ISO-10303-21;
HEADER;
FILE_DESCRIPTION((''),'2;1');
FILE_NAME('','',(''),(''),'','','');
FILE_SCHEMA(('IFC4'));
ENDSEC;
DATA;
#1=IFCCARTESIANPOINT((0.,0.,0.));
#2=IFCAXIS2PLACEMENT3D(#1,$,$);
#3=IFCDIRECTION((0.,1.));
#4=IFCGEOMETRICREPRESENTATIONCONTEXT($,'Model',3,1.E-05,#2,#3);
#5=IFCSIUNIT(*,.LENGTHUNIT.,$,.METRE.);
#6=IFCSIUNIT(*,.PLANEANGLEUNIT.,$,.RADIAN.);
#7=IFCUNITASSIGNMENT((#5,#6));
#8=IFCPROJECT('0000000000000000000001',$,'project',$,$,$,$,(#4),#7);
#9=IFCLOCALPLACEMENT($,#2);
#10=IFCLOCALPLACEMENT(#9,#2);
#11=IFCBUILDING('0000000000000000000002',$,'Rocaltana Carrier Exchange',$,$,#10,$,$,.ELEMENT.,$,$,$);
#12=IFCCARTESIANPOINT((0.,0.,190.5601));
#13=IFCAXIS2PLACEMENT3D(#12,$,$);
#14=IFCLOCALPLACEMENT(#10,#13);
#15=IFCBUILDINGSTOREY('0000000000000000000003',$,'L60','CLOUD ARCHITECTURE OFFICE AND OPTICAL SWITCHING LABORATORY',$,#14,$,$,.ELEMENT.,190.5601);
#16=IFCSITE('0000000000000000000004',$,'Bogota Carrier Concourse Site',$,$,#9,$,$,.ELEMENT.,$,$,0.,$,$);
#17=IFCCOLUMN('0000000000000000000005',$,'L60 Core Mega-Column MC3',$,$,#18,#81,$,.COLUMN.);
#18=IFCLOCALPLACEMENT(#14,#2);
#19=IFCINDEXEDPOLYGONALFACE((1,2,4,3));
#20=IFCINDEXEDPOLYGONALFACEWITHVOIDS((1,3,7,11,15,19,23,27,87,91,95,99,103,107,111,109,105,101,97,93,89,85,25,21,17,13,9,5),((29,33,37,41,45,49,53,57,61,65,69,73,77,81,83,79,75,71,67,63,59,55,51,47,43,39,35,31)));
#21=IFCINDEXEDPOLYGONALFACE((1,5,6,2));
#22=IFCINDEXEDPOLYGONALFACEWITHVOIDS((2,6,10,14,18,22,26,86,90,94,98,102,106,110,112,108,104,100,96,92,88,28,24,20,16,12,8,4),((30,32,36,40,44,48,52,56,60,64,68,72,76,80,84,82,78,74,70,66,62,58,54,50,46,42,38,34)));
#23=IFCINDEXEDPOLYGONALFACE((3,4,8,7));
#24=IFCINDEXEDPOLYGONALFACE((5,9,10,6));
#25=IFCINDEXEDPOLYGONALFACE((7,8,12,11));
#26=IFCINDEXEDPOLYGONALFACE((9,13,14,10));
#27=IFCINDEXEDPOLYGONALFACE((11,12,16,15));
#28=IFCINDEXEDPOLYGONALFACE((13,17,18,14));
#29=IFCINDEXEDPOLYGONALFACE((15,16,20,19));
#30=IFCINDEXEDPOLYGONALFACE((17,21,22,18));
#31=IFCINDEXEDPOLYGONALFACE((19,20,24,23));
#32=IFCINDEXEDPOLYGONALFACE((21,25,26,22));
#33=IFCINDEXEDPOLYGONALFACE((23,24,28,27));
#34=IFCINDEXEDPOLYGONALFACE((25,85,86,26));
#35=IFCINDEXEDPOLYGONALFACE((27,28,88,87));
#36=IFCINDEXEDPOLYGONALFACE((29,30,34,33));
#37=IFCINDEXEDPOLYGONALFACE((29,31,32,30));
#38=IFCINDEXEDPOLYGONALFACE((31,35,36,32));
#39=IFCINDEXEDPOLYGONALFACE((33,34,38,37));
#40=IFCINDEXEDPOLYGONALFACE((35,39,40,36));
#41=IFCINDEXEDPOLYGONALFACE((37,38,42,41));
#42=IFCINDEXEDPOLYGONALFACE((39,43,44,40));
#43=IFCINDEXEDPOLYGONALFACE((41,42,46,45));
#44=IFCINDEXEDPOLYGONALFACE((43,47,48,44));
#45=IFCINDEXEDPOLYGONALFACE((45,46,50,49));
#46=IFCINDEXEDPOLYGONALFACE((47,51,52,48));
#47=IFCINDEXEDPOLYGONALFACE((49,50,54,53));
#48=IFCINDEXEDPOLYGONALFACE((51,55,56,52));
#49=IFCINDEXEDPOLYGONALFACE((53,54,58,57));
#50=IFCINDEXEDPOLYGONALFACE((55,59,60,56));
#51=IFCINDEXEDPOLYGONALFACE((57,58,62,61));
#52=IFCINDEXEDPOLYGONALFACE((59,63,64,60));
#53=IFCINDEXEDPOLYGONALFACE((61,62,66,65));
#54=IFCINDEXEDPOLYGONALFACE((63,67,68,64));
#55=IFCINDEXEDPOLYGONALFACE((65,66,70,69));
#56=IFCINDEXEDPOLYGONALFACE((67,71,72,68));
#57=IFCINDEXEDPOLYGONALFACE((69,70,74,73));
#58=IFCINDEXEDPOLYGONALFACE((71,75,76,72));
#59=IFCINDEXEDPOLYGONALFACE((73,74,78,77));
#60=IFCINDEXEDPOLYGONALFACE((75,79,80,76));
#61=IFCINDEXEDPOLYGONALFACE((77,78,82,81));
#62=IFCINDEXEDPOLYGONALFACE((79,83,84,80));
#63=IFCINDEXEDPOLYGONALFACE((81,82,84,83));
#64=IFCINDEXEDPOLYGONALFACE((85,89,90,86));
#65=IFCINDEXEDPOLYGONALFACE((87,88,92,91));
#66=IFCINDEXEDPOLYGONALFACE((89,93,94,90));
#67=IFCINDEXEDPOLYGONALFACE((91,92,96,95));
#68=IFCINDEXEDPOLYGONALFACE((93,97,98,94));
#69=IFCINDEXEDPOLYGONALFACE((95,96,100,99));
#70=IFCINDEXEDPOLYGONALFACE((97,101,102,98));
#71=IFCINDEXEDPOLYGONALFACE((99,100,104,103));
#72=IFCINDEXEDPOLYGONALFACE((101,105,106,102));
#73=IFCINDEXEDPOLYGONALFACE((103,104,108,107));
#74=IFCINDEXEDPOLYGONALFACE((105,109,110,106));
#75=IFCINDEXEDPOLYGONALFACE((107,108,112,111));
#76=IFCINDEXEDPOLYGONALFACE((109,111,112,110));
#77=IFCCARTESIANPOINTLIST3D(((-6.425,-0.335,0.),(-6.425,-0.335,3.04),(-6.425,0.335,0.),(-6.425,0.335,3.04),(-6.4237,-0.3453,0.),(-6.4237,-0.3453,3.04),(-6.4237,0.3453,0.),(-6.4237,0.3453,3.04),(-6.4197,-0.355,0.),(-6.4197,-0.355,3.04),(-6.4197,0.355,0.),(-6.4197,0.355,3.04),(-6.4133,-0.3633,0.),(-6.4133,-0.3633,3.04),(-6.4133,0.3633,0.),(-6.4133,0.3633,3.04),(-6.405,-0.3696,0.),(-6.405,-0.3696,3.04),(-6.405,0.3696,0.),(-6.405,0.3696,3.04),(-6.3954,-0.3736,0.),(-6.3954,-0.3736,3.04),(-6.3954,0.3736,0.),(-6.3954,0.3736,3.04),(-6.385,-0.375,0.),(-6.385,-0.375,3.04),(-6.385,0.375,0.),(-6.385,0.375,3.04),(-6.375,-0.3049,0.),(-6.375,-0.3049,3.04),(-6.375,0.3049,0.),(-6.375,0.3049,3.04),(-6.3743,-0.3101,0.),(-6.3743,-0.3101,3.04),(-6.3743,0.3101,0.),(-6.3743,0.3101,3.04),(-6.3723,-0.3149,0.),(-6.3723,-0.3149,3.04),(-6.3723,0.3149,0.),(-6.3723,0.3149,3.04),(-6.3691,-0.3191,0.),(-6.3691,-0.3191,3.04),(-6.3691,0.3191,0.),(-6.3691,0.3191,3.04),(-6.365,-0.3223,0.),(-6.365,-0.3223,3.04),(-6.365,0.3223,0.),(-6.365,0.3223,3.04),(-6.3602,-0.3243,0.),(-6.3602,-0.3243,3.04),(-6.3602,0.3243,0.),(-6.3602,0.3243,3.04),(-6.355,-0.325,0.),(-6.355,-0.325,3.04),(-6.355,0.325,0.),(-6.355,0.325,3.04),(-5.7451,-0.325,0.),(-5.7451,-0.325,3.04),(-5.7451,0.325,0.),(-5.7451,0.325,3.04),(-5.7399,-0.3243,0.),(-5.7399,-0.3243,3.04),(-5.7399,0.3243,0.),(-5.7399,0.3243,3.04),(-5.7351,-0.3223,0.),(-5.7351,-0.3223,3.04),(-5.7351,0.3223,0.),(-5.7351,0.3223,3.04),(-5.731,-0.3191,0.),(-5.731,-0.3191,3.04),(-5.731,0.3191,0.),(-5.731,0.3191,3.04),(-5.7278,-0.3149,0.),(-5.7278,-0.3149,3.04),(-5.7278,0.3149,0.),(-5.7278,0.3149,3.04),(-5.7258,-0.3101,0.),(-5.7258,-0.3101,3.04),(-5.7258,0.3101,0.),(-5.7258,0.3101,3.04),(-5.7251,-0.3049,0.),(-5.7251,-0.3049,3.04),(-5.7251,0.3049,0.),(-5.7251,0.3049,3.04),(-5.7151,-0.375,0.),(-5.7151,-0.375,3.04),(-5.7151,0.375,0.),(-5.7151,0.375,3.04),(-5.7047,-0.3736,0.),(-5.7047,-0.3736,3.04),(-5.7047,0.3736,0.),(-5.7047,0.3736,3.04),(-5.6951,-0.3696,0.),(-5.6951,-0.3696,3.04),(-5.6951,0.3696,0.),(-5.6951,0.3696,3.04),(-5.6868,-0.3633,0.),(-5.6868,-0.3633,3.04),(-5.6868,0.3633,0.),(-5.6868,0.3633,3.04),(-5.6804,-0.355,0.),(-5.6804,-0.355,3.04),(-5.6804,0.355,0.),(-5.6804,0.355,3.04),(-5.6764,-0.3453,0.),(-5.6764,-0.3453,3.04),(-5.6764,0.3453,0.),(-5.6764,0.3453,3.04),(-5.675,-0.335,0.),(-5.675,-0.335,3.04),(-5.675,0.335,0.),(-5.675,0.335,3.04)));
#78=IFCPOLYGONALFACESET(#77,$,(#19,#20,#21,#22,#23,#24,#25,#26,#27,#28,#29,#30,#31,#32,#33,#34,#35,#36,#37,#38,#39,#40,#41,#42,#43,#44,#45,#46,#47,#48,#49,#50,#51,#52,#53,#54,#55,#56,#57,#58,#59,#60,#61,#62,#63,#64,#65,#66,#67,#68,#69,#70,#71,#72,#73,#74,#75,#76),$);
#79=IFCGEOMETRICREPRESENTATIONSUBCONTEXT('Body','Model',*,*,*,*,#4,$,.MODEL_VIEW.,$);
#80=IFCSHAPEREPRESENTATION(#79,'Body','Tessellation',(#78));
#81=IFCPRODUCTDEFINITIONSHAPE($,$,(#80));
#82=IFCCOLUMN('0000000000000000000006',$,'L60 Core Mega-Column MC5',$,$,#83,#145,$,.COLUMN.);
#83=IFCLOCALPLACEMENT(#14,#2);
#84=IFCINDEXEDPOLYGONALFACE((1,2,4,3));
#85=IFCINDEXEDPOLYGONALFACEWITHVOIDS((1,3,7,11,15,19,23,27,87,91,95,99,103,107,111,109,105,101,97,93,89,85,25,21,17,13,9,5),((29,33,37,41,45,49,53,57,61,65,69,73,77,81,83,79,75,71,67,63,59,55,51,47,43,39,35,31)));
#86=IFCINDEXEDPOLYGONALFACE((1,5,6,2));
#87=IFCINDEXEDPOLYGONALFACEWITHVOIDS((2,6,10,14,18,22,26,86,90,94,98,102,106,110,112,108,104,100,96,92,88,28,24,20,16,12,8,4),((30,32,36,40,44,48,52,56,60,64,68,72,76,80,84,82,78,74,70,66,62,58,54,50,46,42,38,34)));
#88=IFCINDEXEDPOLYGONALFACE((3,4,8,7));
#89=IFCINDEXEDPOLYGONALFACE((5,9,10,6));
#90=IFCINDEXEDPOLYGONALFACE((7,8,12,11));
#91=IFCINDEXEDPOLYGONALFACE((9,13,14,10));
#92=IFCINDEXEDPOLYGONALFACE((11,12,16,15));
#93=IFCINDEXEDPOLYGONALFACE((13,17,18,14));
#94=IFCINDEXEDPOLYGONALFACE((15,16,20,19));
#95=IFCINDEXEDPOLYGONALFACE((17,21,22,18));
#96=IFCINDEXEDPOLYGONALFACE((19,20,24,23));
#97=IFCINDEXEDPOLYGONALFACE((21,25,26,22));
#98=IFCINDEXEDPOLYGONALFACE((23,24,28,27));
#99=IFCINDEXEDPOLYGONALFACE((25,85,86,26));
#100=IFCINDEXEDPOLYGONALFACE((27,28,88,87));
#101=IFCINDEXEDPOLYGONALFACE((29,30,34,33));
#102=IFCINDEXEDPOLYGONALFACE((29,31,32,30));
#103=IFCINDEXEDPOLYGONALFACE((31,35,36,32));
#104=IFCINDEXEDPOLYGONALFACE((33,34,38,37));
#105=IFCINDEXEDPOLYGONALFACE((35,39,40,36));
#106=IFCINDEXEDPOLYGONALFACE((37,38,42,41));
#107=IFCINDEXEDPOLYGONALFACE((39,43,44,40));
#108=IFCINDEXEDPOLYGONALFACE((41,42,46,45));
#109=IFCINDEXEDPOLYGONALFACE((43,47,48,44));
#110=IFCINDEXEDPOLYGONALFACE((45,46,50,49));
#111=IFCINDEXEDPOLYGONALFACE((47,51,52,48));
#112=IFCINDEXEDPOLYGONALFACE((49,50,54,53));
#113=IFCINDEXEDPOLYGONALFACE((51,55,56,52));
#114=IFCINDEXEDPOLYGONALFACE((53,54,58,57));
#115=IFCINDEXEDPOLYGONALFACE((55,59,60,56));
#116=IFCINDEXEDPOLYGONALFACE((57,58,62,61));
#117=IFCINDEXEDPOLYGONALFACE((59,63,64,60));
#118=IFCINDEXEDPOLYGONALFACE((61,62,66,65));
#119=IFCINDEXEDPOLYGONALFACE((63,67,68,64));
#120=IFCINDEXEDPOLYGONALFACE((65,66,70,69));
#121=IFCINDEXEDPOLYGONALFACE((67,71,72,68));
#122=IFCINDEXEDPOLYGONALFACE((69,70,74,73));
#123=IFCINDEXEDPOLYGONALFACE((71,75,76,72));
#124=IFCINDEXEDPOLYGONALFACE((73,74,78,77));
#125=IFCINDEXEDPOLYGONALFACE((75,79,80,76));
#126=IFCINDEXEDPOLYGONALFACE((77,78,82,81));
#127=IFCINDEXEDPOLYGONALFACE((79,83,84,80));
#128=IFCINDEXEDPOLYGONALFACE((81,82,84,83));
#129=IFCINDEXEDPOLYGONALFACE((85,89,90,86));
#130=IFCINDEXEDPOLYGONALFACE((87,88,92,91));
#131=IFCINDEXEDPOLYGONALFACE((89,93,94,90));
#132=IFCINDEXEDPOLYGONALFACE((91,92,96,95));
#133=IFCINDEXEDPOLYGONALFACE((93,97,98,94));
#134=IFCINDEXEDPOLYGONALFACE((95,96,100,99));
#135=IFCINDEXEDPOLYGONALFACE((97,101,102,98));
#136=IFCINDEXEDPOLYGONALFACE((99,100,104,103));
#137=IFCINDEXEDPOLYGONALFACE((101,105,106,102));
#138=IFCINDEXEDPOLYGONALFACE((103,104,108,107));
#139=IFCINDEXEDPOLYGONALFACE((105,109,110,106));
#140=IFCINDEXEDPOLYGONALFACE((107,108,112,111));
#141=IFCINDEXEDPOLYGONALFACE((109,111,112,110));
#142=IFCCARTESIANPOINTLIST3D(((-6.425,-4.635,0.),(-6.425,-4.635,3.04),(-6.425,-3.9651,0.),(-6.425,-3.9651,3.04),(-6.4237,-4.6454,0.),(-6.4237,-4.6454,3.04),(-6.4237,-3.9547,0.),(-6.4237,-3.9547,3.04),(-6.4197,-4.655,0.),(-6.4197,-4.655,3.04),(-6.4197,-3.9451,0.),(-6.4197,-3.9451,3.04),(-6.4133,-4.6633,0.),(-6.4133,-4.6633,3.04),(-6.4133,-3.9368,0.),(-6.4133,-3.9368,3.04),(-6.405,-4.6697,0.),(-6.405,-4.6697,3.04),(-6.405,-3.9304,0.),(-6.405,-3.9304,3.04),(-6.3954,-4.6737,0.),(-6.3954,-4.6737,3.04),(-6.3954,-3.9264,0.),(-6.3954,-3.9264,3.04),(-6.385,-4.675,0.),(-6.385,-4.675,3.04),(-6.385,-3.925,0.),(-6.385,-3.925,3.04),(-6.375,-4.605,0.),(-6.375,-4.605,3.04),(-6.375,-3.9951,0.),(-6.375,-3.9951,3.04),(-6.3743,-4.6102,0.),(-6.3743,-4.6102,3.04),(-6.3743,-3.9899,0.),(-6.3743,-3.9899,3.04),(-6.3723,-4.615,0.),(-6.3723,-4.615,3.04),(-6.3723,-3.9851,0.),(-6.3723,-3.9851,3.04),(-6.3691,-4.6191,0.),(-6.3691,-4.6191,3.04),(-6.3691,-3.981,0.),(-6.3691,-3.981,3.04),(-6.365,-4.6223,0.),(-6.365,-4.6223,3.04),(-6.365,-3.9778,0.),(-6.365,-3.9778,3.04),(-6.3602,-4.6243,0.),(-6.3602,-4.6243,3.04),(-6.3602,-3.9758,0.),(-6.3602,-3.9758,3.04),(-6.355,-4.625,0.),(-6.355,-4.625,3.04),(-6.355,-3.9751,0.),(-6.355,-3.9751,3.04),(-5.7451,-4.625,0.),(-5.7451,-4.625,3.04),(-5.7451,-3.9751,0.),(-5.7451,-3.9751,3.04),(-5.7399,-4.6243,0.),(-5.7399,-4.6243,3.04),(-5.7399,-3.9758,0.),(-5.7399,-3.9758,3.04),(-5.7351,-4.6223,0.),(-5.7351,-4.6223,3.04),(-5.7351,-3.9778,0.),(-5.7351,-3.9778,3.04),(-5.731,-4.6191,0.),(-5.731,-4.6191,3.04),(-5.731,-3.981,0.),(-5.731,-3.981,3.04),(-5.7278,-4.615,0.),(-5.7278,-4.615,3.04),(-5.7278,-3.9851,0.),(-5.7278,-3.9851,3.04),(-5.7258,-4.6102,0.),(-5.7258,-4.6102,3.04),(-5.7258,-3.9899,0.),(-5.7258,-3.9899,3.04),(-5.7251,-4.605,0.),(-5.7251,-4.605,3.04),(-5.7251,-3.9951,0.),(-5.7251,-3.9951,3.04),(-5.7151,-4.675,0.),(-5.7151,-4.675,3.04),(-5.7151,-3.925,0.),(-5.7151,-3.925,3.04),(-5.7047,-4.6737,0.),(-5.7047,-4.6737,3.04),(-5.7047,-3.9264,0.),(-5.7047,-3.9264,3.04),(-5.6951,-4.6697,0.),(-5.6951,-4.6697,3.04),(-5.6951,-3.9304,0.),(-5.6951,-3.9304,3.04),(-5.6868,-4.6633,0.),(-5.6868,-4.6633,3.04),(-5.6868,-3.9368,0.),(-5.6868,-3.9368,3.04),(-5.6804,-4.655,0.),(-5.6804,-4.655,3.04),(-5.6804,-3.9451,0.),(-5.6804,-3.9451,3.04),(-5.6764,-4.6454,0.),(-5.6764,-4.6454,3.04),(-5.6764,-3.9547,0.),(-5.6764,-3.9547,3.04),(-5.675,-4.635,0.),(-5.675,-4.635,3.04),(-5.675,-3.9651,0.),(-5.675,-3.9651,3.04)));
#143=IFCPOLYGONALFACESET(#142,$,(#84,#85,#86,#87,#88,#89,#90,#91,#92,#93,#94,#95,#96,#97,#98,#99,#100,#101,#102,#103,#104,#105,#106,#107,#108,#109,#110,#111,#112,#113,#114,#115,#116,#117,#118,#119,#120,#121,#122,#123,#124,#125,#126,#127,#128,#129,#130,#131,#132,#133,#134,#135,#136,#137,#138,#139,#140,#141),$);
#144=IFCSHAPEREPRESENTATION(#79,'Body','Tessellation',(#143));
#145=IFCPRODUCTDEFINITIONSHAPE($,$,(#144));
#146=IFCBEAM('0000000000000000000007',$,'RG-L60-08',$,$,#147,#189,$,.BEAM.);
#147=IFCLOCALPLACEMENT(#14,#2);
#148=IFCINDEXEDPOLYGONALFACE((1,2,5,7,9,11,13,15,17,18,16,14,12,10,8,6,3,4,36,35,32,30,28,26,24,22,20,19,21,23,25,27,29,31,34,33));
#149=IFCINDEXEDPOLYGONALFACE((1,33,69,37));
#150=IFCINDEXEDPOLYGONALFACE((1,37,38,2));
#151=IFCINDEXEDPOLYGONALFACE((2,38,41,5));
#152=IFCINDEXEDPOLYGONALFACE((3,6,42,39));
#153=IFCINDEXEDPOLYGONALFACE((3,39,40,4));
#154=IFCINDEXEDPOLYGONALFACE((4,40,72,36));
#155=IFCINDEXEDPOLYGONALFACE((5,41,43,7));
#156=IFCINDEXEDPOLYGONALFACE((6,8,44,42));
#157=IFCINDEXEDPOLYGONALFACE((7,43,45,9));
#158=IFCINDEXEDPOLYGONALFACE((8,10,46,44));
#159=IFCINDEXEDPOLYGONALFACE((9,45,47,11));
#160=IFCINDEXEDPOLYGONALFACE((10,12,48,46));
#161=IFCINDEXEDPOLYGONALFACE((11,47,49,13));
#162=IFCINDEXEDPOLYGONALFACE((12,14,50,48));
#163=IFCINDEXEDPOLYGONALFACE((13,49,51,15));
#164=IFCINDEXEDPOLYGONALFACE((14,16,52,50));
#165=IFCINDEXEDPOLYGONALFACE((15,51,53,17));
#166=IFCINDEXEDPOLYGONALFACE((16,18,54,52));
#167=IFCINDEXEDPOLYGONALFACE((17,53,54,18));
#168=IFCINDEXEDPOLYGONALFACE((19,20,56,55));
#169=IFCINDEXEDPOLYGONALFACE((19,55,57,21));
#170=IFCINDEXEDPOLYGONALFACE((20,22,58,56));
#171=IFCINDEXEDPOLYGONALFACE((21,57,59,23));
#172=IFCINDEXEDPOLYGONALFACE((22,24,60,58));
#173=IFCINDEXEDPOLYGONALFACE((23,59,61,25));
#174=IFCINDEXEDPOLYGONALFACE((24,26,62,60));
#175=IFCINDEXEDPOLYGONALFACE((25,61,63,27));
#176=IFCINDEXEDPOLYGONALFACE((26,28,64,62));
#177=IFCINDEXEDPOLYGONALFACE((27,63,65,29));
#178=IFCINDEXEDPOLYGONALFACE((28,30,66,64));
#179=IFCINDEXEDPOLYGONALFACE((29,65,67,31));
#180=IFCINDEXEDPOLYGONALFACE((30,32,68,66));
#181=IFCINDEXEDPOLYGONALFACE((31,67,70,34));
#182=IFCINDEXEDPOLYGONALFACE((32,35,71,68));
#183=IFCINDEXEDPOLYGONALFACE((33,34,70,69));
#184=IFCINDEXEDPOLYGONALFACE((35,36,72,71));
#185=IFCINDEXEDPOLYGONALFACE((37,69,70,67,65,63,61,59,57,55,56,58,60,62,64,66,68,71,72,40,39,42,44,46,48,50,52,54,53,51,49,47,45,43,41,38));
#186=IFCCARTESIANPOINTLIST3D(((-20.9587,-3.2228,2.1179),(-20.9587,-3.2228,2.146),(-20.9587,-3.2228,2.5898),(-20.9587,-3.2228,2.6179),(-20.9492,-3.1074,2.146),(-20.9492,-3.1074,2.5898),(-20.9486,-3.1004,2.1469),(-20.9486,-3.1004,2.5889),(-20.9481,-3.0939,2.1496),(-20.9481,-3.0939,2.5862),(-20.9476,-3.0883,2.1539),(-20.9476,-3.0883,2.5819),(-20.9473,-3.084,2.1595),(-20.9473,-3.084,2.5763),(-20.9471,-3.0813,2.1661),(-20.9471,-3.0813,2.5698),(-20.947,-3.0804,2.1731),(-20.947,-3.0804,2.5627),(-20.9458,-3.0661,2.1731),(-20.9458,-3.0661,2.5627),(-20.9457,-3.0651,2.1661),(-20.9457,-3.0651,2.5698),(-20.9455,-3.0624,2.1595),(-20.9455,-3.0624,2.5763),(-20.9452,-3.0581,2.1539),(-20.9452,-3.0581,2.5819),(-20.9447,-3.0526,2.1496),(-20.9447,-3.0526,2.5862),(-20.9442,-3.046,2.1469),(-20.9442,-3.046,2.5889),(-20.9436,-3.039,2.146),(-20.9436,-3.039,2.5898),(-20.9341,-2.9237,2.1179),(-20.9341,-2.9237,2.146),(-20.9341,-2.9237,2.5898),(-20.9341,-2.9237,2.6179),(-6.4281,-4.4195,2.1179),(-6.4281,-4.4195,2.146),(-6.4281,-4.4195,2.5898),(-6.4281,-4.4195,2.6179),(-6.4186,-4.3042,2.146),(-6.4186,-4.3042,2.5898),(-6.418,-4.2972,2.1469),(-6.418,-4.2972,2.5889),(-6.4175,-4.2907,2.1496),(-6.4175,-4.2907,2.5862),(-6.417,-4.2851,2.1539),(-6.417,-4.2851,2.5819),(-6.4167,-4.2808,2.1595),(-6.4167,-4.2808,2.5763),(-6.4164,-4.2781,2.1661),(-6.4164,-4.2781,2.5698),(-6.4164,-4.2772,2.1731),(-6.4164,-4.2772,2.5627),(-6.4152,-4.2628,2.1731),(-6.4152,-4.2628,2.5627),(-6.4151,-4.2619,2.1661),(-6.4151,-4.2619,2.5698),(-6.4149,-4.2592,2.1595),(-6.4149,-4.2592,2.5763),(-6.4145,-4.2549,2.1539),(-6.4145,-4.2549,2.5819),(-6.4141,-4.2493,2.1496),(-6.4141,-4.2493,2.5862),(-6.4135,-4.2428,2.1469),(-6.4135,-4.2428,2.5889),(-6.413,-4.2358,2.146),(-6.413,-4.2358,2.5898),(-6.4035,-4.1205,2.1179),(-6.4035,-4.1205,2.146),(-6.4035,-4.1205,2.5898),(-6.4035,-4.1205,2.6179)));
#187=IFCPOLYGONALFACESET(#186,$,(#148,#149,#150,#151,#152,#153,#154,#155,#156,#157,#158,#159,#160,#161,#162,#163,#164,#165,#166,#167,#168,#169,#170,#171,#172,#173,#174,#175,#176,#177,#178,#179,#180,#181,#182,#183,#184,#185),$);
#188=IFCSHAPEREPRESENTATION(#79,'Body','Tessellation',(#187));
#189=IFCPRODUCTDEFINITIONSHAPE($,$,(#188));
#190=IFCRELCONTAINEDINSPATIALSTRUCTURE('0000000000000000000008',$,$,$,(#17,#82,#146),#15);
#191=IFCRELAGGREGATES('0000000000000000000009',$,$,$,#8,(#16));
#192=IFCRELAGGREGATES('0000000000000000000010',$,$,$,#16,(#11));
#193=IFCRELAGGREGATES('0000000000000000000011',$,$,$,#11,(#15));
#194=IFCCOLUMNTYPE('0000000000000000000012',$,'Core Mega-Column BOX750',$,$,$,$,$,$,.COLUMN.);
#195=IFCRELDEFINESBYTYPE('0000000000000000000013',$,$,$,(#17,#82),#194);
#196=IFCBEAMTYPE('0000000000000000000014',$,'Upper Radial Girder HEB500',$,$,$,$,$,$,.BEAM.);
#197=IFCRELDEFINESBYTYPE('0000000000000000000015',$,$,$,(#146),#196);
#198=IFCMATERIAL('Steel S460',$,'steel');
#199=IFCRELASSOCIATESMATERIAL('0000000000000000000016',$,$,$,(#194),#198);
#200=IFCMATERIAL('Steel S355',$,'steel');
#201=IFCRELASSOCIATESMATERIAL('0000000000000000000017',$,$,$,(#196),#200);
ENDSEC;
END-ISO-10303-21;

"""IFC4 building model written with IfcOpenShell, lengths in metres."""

from ifc_helpers import new_model, si_unit, direction, frame, origin, origin_2d, place, context, subcontext, project, spatial, hollow_rectangle, i_section, extrude, material, material_profile, profile_set, type_object, element, save


model = new_model("IFC4")

# Units and contexts
model_context = context("Model", 3, precision=1e-05, world=origin(), true_north=direction((0.0, 1.0)))
body_context = subcontext(model_context, "Body", "Model", "MODEL_VIEW")
ifc_project = project(units=[si_unit("LENGTHUNIT", "METRE"), si_unit("PLANEANGLEUNIT", "RADIAN")], contexts=[model_context])

# Site, building, storey
site_placement = place(None, origin())
site = spatial("IfcSite", under=ifc_project, at=site_placement, Name="Bogota Carrier Concourse Site", CompositionType="ELEMENT", RefElevation=0.0)
building_placement = place(site_placement, origin())
building = spatial("IfcBuilding", under=site, at=building_placement, Name="Rocaltana Carrier Exchange", CompositionType="ELEMENT")
storey_placement = place(building_placement, frame((0.0, 0.0, 190.5601)))
storey = spatial("IfcBuildingStorey", under=building, at=storey_placement, Name="L60", Description="CLOUD ARCHITECTURE OFFICE AND OPTICAL SWITCHING LABORATORY", CompositionType="ELEMENT", Elevation=190.5601)

# Columns
ifc_material_1 = material(Name="Steel S460", Category="steel")
ifc_material_profile_1 = material_profile(ifc_material_1, hollow_rectangle(XDim=0.75, YDim=0.75, WallThickness=0.05, InnerFilletRadius=0.02, OuterFilletRadius=0.04, at=origin_2d()), Name="BOX750X750X50")
ifc_profile_set_1 = profile_set([ifc_material_profile_1], Name="Steel S460")
column_type = type_object("IfcColumnType", Name="Core Mega-Column BOX750", PredefinedType="COLUMN", material=ifc_profile_set_1)
for number, where, z_axis, x_axis, name in (
    (1, (-6.05, 0.0, 0.0), (0.0, 0.0, 1.0), (1.0, 0.0, 0.0), "L60 Core Mega-Column MC3"),
    (2, (-6.05, -4.3, 0.0), (0.0, 0.0, 1.0), (1.0, 0.0, 0.0), "L60 Core Mega-Column MC5"),
):
    element("IfcColumn", number, at=place(storey_placement, frame(where, z_axis=z_axis, x_axis=x_axis)), inside=storey, type_object=column_type, Name=name, PredefinedType="COLUMN", context=body_context, shape_type="SweptSolid", body=[
        extrude(hollow_rectangle(XDim=0.75, YDim=0.75, WallThickness=0.05, InnerFilletRadius=0.02, OuterFilletRadius=0.04, at=origin_2d()), origin(), (0.0, 0.0, 1.0), 3.04),
    ])

# Beam
ifc_material_2 = material(Name="Steel S355", Category="steel")
ifc_material_profile_2 = material_profile(ifc_material_2, i_section(OverallWidth=0.3, OverallDepth=0.5, WebThickness=0.0144, FlangeThickness=0.0281, FilletRadius=0.0271, at=origin_2d()), Name="HEB500")
ifc_profile_set_2 = profile_set([ifc_material_profile_2], Name="Steel S355")
beam_type = type_object("IfcBeamType", Name="Upper Radial Girder HEB500", PredefinedType="BEAM", material=ifc_profile_set_2)
beam_placement = place(storey_placement, frame((-6.4158, -4.27, 2.3679), z_axis=(-0.996625, 0.082085, 0.0), x_axis=(-0.082085, -0.996625, 0.0)))
element("IfcBeam", 3, at=beam_placement, inside=storey, type_object=beam_type, Name="RG-L60-08", PredefinedType="BEAM", context=body_context, shape_type="SweptSolid", body=[
    extrude(i_section(OverallWidth=0.3, OverallDepth=0.5, WebThickness=0.0144, FlangeThickness=0.0281, FilletRadius=0.0271, at=origin_2d()), origin(), (0.0, 0.0, 1.0), 14.5798),
])

save(model, "model.ifc")
